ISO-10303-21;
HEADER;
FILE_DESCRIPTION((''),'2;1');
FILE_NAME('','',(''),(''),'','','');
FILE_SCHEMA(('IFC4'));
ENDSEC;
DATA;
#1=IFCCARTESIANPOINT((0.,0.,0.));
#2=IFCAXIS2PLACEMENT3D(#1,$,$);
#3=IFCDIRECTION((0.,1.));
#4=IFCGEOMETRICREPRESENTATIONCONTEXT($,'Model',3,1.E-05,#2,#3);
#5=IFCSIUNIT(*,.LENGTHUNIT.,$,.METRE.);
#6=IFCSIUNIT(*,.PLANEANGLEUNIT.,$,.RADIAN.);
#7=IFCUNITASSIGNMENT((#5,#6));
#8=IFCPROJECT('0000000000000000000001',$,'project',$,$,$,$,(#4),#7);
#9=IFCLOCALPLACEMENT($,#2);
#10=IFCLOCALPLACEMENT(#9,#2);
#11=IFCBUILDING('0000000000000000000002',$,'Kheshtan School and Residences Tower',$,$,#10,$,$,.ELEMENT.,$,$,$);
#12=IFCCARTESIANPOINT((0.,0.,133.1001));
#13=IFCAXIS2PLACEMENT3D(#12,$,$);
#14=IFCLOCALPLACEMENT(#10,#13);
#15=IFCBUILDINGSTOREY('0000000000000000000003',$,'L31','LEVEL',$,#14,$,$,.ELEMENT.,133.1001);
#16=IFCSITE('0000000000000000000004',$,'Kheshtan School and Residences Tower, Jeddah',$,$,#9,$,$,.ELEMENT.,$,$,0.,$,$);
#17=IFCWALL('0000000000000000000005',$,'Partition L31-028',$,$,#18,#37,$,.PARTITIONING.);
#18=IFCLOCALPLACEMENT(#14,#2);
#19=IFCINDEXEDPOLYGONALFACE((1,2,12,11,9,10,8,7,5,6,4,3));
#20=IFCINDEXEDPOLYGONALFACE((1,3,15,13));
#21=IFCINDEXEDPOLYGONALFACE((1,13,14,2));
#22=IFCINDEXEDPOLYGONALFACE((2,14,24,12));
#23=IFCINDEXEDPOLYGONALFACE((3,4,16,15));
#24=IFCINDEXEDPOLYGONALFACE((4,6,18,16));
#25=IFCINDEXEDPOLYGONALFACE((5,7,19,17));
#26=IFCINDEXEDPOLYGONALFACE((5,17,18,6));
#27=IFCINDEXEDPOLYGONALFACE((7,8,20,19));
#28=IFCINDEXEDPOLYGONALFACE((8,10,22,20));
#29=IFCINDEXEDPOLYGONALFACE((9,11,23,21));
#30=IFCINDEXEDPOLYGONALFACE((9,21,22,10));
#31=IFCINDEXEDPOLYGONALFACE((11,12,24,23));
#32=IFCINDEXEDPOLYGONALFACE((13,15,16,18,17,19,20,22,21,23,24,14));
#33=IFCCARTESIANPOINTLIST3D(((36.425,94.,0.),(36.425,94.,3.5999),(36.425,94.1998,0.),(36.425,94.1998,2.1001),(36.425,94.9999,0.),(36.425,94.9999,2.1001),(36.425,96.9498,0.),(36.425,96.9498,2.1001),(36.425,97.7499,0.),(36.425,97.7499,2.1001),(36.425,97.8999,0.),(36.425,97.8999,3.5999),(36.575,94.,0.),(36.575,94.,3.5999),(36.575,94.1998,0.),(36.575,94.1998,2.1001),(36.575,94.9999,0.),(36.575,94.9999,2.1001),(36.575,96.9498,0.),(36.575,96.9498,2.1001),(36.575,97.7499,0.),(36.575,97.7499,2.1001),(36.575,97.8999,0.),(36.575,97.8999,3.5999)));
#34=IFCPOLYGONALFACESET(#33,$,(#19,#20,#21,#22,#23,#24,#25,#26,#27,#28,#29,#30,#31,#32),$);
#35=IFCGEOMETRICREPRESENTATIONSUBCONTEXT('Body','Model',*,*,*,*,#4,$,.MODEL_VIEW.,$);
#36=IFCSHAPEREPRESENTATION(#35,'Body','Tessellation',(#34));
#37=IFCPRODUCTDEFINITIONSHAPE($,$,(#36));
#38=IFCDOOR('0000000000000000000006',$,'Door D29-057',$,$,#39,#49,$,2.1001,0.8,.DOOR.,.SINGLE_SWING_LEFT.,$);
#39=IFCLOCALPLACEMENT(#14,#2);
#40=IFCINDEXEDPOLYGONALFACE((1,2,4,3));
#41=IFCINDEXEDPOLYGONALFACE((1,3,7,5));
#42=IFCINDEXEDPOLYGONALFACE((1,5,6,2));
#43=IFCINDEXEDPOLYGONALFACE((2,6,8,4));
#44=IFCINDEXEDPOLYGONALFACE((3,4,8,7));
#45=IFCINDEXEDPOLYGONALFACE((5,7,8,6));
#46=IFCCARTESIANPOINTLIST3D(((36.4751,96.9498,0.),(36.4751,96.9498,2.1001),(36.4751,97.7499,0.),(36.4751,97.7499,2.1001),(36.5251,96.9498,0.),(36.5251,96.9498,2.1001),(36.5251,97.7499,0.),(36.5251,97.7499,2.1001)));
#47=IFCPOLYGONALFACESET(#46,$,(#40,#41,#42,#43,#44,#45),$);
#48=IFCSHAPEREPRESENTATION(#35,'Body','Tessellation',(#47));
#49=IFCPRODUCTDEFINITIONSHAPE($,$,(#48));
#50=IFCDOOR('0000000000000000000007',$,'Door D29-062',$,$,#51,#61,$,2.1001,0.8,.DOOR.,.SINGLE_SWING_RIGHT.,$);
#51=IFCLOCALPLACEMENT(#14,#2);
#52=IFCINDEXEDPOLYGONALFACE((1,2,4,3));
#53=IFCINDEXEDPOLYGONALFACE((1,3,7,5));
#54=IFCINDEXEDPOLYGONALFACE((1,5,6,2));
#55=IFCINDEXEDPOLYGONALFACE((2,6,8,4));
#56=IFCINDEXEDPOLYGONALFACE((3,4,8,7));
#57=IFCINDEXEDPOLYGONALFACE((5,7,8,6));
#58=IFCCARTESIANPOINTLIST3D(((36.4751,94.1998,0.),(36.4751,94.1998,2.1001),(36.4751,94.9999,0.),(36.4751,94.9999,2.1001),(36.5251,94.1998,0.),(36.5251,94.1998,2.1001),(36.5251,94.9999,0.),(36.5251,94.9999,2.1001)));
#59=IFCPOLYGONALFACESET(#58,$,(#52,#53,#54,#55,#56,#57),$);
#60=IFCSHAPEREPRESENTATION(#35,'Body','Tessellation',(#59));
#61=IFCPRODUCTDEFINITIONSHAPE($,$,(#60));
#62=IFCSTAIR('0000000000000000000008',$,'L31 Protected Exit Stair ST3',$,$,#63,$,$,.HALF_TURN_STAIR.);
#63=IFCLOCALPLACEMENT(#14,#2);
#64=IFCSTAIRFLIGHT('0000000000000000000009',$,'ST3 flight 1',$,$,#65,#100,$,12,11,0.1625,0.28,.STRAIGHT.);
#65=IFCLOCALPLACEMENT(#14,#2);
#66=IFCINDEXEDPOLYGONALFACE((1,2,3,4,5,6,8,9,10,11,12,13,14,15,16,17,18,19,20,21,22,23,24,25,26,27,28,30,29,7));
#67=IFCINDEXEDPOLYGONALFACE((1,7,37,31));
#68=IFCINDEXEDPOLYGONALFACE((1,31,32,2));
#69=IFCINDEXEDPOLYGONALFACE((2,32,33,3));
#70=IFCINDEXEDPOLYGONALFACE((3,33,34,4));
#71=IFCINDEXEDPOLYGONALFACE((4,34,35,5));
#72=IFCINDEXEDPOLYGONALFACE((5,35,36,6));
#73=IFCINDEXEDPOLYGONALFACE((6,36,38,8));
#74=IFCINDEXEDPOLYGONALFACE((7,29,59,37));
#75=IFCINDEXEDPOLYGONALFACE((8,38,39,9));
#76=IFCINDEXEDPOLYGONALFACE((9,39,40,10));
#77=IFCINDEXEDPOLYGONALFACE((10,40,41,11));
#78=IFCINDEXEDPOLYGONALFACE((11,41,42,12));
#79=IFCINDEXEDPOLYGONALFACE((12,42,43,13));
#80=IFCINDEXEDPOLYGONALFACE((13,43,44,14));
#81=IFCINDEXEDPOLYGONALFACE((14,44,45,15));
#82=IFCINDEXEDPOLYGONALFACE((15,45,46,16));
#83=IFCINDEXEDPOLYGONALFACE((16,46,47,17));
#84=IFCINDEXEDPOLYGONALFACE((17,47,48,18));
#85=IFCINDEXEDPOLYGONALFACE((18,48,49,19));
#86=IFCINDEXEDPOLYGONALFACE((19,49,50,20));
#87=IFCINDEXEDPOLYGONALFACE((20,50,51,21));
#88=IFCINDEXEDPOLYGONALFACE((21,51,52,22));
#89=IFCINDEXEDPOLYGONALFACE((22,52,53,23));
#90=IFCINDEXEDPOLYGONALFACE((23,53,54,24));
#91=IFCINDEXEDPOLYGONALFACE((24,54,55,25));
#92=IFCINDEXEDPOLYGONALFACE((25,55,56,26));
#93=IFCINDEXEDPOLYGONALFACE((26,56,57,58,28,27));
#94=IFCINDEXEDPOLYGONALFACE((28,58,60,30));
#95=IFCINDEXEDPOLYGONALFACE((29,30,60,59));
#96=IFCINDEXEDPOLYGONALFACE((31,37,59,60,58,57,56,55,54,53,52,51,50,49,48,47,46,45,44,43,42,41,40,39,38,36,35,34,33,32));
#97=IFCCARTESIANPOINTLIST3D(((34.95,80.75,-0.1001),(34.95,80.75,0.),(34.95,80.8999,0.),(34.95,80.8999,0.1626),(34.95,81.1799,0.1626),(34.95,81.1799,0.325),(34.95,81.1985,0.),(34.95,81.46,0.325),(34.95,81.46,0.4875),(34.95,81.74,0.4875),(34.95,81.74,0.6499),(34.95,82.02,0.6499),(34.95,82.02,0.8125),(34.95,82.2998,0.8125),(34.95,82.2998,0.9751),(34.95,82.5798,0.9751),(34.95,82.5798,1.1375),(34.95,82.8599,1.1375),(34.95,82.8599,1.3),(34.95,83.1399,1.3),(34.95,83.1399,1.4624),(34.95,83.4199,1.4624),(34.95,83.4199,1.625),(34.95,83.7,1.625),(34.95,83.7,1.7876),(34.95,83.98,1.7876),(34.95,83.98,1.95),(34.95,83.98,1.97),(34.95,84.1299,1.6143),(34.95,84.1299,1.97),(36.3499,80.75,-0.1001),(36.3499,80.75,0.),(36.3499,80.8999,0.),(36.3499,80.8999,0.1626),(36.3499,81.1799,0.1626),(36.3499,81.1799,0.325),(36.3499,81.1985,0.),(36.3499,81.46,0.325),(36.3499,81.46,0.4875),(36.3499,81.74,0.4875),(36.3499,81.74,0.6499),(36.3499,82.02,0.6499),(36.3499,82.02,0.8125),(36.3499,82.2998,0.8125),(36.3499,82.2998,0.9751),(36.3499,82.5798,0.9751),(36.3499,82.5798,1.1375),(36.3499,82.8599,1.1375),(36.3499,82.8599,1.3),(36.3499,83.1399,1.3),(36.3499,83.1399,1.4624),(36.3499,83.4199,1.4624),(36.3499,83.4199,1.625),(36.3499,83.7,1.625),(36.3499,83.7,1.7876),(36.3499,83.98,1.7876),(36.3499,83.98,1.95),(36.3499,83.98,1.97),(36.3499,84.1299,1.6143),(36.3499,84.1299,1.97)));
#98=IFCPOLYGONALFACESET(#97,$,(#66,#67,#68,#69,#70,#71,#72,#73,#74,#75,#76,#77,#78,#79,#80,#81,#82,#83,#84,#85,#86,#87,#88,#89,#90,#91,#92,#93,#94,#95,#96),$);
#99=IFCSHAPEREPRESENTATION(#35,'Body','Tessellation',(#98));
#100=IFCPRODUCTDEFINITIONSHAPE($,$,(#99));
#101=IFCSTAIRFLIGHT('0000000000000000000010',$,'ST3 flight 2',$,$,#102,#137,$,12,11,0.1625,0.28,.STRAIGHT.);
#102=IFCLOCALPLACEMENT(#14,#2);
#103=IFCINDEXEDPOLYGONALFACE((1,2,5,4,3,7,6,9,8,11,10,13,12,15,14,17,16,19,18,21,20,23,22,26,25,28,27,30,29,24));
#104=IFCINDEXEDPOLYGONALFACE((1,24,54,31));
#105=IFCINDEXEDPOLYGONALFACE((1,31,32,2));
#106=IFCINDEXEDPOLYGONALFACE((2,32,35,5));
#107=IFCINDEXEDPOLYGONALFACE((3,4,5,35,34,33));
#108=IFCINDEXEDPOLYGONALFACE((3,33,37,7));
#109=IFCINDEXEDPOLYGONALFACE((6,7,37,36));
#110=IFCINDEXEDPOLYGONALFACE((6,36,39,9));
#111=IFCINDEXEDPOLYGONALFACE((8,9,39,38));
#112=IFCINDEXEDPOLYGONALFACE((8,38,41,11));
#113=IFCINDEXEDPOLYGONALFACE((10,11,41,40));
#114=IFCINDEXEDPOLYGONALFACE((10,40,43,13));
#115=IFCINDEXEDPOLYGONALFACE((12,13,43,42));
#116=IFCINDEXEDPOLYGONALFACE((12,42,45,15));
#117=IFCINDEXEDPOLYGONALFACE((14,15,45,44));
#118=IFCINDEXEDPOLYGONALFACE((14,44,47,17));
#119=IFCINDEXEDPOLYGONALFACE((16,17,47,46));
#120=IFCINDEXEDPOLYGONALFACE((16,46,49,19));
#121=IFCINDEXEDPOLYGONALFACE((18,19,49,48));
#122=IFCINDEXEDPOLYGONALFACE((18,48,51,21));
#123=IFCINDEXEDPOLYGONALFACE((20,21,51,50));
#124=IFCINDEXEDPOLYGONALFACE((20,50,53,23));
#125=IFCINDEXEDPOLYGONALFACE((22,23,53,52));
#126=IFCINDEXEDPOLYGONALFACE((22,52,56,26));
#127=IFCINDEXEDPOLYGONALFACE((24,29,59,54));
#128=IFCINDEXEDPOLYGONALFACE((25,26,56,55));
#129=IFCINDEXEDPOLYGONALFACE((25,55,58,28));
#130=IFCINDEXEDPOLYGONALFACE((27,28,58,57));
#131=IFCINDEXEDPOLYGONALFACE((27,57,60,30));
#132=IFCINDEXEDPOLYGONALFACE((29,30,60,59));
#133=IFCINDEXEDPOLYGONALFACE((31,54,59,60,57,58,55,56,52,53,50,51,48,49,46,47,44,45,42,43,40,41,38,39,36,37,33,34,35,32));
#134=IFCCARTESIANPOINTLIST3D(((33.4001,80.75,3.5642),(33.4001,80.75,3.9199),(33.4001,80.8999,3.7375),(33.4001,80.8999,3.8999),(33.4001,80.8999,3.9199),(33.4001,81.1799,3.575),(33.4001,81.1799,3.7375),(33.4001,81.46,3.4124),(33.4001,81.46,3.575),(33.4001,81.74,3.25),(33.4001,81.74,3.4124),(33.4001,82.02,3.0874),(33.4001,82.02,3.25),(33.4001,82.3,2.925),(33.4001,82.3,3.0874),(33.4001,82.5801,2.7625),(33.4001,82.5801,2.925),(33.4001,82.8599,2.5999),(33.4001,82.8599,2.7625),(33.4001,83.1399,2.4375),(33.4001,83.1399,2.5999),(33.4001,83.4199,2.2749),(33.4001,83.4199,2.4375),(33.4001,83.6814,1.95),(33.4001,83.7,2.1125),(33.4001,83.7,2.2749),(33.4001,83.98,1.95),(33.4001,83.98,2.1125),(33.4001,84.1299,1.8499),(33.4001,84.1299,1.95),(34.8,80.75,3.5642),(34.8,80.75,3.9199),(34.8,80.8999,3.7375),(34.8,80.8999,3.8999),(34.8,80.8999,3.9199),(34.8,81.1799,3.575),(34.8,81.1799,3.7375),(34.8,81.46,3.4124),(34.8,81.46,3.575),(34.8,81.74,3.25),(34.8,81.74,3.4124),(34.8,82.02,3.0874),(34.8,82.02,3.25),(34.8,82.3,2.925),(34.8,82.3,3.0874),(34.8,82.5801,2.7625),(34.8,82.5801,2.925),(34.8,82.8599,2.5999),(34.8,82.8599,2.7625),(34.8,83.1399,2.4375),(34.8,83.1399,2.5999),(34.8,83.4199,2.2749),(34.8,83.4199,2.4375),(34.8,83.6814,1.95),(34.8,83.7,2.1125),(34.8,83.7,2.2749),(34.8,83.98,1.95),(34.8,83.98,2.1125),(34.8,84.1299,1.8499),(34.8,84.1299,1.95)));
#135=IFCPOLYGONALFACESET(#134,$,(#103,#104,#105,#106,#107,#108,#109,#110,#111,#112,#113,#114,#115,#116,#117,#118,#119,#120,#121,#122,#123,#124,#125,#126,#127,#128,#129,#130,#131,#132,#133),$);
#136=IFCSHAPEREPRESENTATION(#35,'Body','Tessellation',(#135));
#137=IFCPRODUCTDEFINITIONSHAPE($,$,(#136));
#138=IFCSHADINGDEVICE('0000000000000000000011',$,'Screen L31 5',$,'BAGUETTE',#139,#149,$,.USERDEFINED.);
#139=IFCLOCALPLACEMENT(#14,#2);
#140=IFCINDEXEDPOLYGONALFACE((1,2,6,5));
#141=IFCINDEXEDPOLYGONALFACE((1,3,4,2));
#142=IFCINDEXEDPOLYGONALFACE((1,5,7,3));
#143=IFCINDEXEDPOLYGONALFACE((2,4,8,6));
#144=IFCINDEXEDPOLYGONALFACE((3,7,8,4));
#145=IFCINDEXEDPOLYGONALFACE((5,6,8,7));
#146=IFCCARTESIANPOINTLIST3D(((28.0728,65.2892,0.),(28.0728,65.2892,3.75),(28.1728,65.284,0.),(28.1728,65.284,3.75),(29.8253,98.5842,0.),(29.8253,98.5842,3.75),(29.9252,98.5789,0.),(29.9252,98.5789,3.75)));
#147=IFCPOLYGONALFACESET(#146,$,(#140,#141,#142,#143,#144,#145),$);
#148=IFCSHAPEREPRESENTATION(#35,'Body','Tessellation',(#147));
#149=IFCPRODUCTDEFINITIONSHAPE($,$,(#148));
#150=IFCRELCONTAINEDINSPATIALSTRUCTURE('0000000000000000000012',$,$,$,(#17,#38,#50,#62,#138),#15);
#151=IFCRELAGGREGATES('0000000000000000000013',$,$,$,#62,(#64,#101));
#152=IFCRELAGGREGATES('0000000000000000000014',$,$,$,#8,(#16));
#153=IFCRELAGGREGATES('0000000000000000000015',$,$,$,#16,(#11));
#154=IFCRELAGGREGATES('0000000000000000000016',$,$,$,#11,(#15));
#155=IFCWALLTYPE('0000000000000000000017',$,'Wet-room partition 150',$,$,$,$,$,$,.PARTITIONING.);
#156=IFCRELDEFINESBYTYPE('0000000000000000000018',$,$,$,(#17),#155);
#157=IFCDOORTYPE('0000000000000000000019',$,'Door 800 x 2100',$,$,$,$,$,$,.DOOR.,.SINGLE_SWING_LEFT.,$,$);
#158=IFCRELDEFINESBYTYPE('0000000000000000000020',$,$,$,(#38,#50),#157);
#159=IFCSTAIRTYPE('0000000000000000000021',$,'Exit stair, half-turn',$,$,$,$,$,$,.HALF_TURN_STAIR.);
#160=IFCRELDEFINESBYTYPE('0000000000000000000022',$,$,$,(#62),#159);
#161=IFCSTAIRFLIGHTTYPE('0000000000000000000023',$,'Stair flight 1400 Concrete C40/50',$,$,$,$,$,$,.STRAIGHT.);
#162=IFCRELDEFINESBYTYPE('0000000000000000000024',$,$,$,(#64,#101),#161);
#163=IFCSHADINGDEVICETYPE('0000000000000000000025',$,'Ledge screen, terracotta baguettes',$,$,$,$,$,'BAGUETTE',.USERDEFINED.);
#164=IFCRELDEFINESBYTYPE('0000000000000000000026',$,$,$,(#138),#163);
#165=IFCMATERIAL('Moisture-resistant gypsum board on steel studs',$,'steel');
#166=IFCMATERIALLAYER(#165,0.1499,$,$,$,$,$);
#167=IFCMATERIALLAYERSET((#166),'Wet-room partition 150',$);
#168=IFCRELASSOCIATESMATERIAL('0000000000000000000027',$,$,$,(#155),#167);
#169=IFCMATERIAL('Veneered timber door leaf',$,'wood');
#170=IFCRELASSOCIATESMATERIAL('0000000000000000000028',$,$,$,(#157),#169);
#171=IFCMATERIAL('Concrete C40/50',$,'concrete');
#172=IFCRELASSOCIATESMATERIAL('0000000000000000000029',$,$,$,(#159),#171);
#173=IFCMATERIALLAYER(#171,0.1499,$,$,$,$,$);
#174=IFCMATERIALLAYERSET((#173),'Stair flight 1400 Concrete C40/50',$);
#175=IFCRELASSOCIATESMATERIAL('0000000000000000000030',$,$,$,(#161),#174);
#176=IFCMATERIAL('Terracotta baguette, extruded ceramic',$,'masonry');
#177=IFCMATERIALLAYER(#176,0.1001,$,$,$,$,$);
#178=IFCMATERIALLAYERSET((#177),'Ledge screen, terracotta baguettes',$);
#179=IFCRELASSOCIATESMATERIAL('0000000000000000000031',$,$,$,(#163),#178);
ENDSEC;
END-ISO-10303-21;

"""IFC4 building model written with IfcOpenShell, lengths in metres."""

from ifc_helpers import new_model, si_unit, direction, frame, frame_2d, origin, origin_2d, place, context, subcontext, project, spatial, polyline, rectangle, outline, extrude, source, transform, mapped, material, layer, layer_set, type_object, element, fill, aggregate, save


model = new_model("IFC4")

# Units and contexts
model_context = context("Model", 3, precision=1e-05, world=origin(), true_north=direction((0.0, 1.0)))
body_context = subcontext(model_context, "Body", "Model", "MODEL_VIEW")
ifc_project = project(units=[si_unit("LENGTHUNIT", "METRE"), si_unit("PLANEANGLEUNIT", "RADIAN")], contexts=[model_context])

# Site, building, storey
site_placement = place(None, origin())
site = spatial("IfcSite", under=ifc_project, at=site_placement, Name="Kheshtan School and Residences Tower, Jeddah", CompositionType="ELEMENT", RefElevation=0.0)
building_placement = place(site_placement, origin())
building = spatial("IfcBuilding", under=site, at=building_placement, Name="Kheshtan School and Residences Tower", CompositionType="ELEMENT")
storey_placement = place(building_placement, frame((0.0, 0.0, 133.1001)))
storey = spatial("IfcBuildingStorey", under=building, at=storey_placement, Name="L31", Description="LEVEL", CompositionType="ELEMENT", Elevation=133.1001)

# Shared definitions
ifc_material_1 = material(Name="Veneered timber door leaf", Category="wood")

# Shared definitions
ifc_material_2 = material(Name="Concrete C40/50", Category="concrete")
ifc_material_3 = material(Name="Moisture-resistant gypsum board on steel studs", Category="steel")
ifc_layer_1 = layer(ifc_material_3, 0.1499)
ifc_layer_set_1 = layer_set([ifc_layer_1], Name="Wet-room partition 150")
wall_type_1 = type_object("IfcWallType", Name="Wet-room partition 150", PredefinedType="PARTITIONING", material=ifc_layer_set_1)

# Wall, openings, doors
wall_1_placement = place(storey_placement, frame((36.5, 94.0, 0.0), z_axis=(0.0, 0.0, 1.0), x_axis=(0.0, 1.0, 0.0)))
wall_1 = element("IfcWall", 1, at=wall_1_placement, inside=storey, type_object=wall_type_1, Name="Partition L31-028", PredefinedType="PARTITIONING", context=body_context, shape_type="SweptSolid", body=[
    extrude(rectangle(XDim=3.8999, YDim=0.1499, at=frame_2d((1.95, 0.0))), origin(), (0.0, 0.0, 1.0), 3.5999),
])
opening_1_placement = place(wall_1_placement, frame((2.95, 0.0, 0.0)))
opening_1 = element("IfcOpeningElement", 2, at=opening_1_placement, cuts=wall_1, PredefinedType="OPENING", context=body_context, shape_type="SweptSolid", body=[
    extrude(rectangle(XDim=0.8, YDim=2.1001, at=frame_2d((0.3999, 1.05))), frame((0.0, 0.085, 0.0), z_axis=(0.0, -1.0, 0.0), x_axis=(1.0, 0.0, 0.0)), (0.0, 0.0, 1.0), 0.1699),
])
opening_2_placement = place(wall_1_placement, frame((0.2, 0.0, 0.0)))
opening_2 = element("IfcOpeningElement", 3, at=opening_2_placement, cuts=wall_1, PredefinedType="OPENING", context=body_context, shape_type="SweptSolid", body=[
    extrude(rectangle(XDim=0.8, YDim=2.1001, at=frame_2d((0.3999, 1.05))), frame((0.0, 0.085, 0.0), z_axis=(0.0, -1.0, 0.0), x_axis=(1.0, 0.0, 0.0)), (0.0, 0.0, 1.0), 0.1699),
])
door_type_1 = type_object("IfcDoorType", Name="Door 800 x 2100", OperationType="SINGLE_SWING_LEFT", PredefinedType="DOOR", material=ifc_material_1)
shared_shape_1 = source(origin(), body_context, "Body", "SweptSolid", [
    extrude(rectangle(XDim=0.8, YDim=2.1001, at=frame_2d((0.3999, 1.05))), frame((0.0, 0.0249, 0.0), z_axis=(0.0, -1.0, 0.0), x_axis=(1.0, 0.0, 0.0)), (0.0, 0.0, 1.0), 0.05),
])
door_1_placement = place(opening_1_placement, origin())
door_1 = element("IfcDoor", 4, at=door_1_placement, inside=storey, type_object=door_type_1, Name="Door D29-057", OperationType="SINGLE_SWING_LEFT", OverallHeight=2.1001, OverallWidth=0.8, PredefinedType="DOOR", context=body_context, shape_type="MappedRepresentation", body=[
    mapped(shared_shape_1, transform((0.0, 0.0, 0.0), x_axis=(1.0, 0.0, 0.0), y_axis=(0.0, 1.0, 0.0), z_axis=(0.0, 0.0, 1.0), scale=1.0)),
])
fill(opening_1, door_1)
door_2_placement = place(opening_2_placement, origin())
door_2 = element("IfcDoor", 5, at=door_2_placement, inside=storey, type_object=door_type_1, Name="Door D29-062", OperationType="SINGLE_SWING_RIGHT", OverallHeight=2.1001, OverallWidth=0.8, PredefinedType="DOOR", context=body_context, shape_type="MappedRepresentation", body=[
    mapped(shared_shape_1, transform((0.0, 0.0, 0.0), x_axis=(1.0, 0.0, 0.0), y_axis=(0.0, 1.0, 0.0), z_axis=(0.0, 0.0, 1.0), scale=1.0)),
])
fill(opening_2, door_2)

# Stair, stair flights
stair_type = type_object("IfcStairType", Name="Exit stair, half-turn", PredefinedType="HALF_TURN_STAIR", material=ifc_material_2)
stair_placement = place(storey_placement, origin())
stair = element("IfcStair", 6, at=stair_placement, inside=storey, type_object=stair_type, Name="L31 Protected Exit Stair ST3", PredefinedType="HALF_TURN_STAIR")
ifc_layer_2 = layer(ifc_material_2, 0.1499)
ifc_layer_set_2 = layer_set([ifc_layer_2], Name="Stair flight 1400 Concrete C40/50")
stair_flight_type = type_object("IfcStairFlightType", Name="Stair flight 1400 Concrete C40/50", PredefinedType="STRAIGHT", material=ifc_layer_set_2)
stair_flight_1_placement = place(storey_placement, frame((35.6499, 80.8999, 0.0), z_axis=(0.0, 0.0, 1.0), x_axis=(0.0, 1.0, 0.0)))
stair_flight_1 = element("IfcStairFlight", 7, at=stair_flight_1_placement, type_object=stair_flight_type, Name="ST3 flight 1", NumberOfRisers=12, NumberOfTreads=11, PredefinedType="STRAIGHT", RiserHeight=0.1625, TreadLength=0.28, context=body_context, shape_type="SweptSolid", body=[
    extrude(outline(polyline([(-0.1499, -0.1001), (-0.1499, 0.0), (0.0, 0.0), (0.0, 0.1626), (0.28, 0.1626), (0.28, 0.325), (0.5601, 0.325), (0.5601, 0.4875), (0.8401, 0.4875), (0.8401, 0.6499), (1.1201, 0.6499), (1.1201, 0.8125), (1.3999, 0.8125), (1.3999, 0.9751), (1.6799, 0.9751), (1.6799, 1.1375), (1.96, 1.1375), (1.96, 1.3), (2.24, 1.3), (2.24, 1.4624), (2.52, 1.4624), (2.52, 1.625), (2.8, 1.625), (2.8, 1.7876), (3.0801, 1.7876), (3.0801, 1.95), (3.0801, 1.97), (3.23, 1.97), (3.23, 1.6143), (0.2986, 0.0), (-0.1499, -0.1001)])), frame((0.0, 0.7, 0.0), z_axis=(0.0, -1.0, 0.0), x_axis=(1.0, 0.0, 0.0)), (0.0, 0.0, 1.0), 1.3999),
])
stair_flight_2_placement = place(storey_placement, frame((34.1001, 83.98, 1.95), z_axis=(0.0, 0.0, 1.0), x_axis=(0.0, -1.0, 0.0)))
stair_flight_2 = element("IfcStairFlight", 8, at=stair_flight_2_placement, type_object=stair_flight_type, Name="ST3 flight 2", NumberOfRisers=12, NumberOfTreads=11, PredefinedType="STRAIGHT", RiserHeight=0.1625, TreadLength=0.28, context=body_context, shape_type="SweptSolid", body=[
    extrude(outline(polyline([(-0.1499, -0.1001), (-0.1499, 0.0), (0.0, 0.0), (0.0, 0.1626), (0.28, 0.1626), (0.28, 0.325), (0.5601, 0.325), (0.5601, 0.4875), (0.8401, 0.4875), (0.8401, 0.6499), (1.1201, 0.6499), (1.1201, 0.8125), (1.3999, 0.8125), (1.3999, 0.9751), (1.6799, 0.9751), (1.6799, 1.1375), (1.96, 1.1375), (1.96, 1.3), (2.24, 1.3), (2.24, 1.4624), (2.52, 1.4624), (2.52, 1.625), (2.8, 1.625), (2.8, 1.7876), (3.0801, 1.7876), (3.0801, 1.95), (3.0801, 1.97), (3.23, 1.97), (3.23, 1.6143), (0.2986, 0.0), (-0.1499, -0.1001)])), frame((0.0, 0.7, 0.0), z_axis=(0.0, -1.0, 0.0), x_axis=(1.0, 0.0, 0.0)), (0.0, 0.0, 1.0), 1.3999),
])
aggregate(stair, [stair_flight_1, stair_flight_2])

# Shading device
ifc_material_4 = material(Name="Terracotta baguette, extruded ceramic", Category="masonry")
ifc_layer_3 = layer(ifc_material_4, 0.1001)
ifc_layer_set_3 = layer_set([ifc_layer_3], Name="Ledge screen, terracotta baguettes")
shading_device_type = type_object("IfcShadingDeviceType", Name="Ledge screen, terracotta baguettes", ElementType="BAGUETTE", PredefinedType="USERDEFINED", material=ifc_layer_set_3)
shading_device_placement = place(storey_placement, frame((28.999, 81.9341, 0.0), z_axis=(0.0, 0.0, 1.0), x_axis=(0.052563, 0.998618, 0.0)))
element("IfcShadingDevice", 9, at=shading_device_placement, inside=storey, type_object=shading_device_type, Name="Screen L31 5", ObjectType="BAGUETTE", PredefinedType="USERDEFINED", context=body_context, shape_type="SweptSolid", body=[
    extrude(rectangle(XDim=33.3411, YDim=0.1001, at=origin_2d()), origin(), (0.0, 0.0, 1.0), 3.75),
])

save(model, "model.ifc")
